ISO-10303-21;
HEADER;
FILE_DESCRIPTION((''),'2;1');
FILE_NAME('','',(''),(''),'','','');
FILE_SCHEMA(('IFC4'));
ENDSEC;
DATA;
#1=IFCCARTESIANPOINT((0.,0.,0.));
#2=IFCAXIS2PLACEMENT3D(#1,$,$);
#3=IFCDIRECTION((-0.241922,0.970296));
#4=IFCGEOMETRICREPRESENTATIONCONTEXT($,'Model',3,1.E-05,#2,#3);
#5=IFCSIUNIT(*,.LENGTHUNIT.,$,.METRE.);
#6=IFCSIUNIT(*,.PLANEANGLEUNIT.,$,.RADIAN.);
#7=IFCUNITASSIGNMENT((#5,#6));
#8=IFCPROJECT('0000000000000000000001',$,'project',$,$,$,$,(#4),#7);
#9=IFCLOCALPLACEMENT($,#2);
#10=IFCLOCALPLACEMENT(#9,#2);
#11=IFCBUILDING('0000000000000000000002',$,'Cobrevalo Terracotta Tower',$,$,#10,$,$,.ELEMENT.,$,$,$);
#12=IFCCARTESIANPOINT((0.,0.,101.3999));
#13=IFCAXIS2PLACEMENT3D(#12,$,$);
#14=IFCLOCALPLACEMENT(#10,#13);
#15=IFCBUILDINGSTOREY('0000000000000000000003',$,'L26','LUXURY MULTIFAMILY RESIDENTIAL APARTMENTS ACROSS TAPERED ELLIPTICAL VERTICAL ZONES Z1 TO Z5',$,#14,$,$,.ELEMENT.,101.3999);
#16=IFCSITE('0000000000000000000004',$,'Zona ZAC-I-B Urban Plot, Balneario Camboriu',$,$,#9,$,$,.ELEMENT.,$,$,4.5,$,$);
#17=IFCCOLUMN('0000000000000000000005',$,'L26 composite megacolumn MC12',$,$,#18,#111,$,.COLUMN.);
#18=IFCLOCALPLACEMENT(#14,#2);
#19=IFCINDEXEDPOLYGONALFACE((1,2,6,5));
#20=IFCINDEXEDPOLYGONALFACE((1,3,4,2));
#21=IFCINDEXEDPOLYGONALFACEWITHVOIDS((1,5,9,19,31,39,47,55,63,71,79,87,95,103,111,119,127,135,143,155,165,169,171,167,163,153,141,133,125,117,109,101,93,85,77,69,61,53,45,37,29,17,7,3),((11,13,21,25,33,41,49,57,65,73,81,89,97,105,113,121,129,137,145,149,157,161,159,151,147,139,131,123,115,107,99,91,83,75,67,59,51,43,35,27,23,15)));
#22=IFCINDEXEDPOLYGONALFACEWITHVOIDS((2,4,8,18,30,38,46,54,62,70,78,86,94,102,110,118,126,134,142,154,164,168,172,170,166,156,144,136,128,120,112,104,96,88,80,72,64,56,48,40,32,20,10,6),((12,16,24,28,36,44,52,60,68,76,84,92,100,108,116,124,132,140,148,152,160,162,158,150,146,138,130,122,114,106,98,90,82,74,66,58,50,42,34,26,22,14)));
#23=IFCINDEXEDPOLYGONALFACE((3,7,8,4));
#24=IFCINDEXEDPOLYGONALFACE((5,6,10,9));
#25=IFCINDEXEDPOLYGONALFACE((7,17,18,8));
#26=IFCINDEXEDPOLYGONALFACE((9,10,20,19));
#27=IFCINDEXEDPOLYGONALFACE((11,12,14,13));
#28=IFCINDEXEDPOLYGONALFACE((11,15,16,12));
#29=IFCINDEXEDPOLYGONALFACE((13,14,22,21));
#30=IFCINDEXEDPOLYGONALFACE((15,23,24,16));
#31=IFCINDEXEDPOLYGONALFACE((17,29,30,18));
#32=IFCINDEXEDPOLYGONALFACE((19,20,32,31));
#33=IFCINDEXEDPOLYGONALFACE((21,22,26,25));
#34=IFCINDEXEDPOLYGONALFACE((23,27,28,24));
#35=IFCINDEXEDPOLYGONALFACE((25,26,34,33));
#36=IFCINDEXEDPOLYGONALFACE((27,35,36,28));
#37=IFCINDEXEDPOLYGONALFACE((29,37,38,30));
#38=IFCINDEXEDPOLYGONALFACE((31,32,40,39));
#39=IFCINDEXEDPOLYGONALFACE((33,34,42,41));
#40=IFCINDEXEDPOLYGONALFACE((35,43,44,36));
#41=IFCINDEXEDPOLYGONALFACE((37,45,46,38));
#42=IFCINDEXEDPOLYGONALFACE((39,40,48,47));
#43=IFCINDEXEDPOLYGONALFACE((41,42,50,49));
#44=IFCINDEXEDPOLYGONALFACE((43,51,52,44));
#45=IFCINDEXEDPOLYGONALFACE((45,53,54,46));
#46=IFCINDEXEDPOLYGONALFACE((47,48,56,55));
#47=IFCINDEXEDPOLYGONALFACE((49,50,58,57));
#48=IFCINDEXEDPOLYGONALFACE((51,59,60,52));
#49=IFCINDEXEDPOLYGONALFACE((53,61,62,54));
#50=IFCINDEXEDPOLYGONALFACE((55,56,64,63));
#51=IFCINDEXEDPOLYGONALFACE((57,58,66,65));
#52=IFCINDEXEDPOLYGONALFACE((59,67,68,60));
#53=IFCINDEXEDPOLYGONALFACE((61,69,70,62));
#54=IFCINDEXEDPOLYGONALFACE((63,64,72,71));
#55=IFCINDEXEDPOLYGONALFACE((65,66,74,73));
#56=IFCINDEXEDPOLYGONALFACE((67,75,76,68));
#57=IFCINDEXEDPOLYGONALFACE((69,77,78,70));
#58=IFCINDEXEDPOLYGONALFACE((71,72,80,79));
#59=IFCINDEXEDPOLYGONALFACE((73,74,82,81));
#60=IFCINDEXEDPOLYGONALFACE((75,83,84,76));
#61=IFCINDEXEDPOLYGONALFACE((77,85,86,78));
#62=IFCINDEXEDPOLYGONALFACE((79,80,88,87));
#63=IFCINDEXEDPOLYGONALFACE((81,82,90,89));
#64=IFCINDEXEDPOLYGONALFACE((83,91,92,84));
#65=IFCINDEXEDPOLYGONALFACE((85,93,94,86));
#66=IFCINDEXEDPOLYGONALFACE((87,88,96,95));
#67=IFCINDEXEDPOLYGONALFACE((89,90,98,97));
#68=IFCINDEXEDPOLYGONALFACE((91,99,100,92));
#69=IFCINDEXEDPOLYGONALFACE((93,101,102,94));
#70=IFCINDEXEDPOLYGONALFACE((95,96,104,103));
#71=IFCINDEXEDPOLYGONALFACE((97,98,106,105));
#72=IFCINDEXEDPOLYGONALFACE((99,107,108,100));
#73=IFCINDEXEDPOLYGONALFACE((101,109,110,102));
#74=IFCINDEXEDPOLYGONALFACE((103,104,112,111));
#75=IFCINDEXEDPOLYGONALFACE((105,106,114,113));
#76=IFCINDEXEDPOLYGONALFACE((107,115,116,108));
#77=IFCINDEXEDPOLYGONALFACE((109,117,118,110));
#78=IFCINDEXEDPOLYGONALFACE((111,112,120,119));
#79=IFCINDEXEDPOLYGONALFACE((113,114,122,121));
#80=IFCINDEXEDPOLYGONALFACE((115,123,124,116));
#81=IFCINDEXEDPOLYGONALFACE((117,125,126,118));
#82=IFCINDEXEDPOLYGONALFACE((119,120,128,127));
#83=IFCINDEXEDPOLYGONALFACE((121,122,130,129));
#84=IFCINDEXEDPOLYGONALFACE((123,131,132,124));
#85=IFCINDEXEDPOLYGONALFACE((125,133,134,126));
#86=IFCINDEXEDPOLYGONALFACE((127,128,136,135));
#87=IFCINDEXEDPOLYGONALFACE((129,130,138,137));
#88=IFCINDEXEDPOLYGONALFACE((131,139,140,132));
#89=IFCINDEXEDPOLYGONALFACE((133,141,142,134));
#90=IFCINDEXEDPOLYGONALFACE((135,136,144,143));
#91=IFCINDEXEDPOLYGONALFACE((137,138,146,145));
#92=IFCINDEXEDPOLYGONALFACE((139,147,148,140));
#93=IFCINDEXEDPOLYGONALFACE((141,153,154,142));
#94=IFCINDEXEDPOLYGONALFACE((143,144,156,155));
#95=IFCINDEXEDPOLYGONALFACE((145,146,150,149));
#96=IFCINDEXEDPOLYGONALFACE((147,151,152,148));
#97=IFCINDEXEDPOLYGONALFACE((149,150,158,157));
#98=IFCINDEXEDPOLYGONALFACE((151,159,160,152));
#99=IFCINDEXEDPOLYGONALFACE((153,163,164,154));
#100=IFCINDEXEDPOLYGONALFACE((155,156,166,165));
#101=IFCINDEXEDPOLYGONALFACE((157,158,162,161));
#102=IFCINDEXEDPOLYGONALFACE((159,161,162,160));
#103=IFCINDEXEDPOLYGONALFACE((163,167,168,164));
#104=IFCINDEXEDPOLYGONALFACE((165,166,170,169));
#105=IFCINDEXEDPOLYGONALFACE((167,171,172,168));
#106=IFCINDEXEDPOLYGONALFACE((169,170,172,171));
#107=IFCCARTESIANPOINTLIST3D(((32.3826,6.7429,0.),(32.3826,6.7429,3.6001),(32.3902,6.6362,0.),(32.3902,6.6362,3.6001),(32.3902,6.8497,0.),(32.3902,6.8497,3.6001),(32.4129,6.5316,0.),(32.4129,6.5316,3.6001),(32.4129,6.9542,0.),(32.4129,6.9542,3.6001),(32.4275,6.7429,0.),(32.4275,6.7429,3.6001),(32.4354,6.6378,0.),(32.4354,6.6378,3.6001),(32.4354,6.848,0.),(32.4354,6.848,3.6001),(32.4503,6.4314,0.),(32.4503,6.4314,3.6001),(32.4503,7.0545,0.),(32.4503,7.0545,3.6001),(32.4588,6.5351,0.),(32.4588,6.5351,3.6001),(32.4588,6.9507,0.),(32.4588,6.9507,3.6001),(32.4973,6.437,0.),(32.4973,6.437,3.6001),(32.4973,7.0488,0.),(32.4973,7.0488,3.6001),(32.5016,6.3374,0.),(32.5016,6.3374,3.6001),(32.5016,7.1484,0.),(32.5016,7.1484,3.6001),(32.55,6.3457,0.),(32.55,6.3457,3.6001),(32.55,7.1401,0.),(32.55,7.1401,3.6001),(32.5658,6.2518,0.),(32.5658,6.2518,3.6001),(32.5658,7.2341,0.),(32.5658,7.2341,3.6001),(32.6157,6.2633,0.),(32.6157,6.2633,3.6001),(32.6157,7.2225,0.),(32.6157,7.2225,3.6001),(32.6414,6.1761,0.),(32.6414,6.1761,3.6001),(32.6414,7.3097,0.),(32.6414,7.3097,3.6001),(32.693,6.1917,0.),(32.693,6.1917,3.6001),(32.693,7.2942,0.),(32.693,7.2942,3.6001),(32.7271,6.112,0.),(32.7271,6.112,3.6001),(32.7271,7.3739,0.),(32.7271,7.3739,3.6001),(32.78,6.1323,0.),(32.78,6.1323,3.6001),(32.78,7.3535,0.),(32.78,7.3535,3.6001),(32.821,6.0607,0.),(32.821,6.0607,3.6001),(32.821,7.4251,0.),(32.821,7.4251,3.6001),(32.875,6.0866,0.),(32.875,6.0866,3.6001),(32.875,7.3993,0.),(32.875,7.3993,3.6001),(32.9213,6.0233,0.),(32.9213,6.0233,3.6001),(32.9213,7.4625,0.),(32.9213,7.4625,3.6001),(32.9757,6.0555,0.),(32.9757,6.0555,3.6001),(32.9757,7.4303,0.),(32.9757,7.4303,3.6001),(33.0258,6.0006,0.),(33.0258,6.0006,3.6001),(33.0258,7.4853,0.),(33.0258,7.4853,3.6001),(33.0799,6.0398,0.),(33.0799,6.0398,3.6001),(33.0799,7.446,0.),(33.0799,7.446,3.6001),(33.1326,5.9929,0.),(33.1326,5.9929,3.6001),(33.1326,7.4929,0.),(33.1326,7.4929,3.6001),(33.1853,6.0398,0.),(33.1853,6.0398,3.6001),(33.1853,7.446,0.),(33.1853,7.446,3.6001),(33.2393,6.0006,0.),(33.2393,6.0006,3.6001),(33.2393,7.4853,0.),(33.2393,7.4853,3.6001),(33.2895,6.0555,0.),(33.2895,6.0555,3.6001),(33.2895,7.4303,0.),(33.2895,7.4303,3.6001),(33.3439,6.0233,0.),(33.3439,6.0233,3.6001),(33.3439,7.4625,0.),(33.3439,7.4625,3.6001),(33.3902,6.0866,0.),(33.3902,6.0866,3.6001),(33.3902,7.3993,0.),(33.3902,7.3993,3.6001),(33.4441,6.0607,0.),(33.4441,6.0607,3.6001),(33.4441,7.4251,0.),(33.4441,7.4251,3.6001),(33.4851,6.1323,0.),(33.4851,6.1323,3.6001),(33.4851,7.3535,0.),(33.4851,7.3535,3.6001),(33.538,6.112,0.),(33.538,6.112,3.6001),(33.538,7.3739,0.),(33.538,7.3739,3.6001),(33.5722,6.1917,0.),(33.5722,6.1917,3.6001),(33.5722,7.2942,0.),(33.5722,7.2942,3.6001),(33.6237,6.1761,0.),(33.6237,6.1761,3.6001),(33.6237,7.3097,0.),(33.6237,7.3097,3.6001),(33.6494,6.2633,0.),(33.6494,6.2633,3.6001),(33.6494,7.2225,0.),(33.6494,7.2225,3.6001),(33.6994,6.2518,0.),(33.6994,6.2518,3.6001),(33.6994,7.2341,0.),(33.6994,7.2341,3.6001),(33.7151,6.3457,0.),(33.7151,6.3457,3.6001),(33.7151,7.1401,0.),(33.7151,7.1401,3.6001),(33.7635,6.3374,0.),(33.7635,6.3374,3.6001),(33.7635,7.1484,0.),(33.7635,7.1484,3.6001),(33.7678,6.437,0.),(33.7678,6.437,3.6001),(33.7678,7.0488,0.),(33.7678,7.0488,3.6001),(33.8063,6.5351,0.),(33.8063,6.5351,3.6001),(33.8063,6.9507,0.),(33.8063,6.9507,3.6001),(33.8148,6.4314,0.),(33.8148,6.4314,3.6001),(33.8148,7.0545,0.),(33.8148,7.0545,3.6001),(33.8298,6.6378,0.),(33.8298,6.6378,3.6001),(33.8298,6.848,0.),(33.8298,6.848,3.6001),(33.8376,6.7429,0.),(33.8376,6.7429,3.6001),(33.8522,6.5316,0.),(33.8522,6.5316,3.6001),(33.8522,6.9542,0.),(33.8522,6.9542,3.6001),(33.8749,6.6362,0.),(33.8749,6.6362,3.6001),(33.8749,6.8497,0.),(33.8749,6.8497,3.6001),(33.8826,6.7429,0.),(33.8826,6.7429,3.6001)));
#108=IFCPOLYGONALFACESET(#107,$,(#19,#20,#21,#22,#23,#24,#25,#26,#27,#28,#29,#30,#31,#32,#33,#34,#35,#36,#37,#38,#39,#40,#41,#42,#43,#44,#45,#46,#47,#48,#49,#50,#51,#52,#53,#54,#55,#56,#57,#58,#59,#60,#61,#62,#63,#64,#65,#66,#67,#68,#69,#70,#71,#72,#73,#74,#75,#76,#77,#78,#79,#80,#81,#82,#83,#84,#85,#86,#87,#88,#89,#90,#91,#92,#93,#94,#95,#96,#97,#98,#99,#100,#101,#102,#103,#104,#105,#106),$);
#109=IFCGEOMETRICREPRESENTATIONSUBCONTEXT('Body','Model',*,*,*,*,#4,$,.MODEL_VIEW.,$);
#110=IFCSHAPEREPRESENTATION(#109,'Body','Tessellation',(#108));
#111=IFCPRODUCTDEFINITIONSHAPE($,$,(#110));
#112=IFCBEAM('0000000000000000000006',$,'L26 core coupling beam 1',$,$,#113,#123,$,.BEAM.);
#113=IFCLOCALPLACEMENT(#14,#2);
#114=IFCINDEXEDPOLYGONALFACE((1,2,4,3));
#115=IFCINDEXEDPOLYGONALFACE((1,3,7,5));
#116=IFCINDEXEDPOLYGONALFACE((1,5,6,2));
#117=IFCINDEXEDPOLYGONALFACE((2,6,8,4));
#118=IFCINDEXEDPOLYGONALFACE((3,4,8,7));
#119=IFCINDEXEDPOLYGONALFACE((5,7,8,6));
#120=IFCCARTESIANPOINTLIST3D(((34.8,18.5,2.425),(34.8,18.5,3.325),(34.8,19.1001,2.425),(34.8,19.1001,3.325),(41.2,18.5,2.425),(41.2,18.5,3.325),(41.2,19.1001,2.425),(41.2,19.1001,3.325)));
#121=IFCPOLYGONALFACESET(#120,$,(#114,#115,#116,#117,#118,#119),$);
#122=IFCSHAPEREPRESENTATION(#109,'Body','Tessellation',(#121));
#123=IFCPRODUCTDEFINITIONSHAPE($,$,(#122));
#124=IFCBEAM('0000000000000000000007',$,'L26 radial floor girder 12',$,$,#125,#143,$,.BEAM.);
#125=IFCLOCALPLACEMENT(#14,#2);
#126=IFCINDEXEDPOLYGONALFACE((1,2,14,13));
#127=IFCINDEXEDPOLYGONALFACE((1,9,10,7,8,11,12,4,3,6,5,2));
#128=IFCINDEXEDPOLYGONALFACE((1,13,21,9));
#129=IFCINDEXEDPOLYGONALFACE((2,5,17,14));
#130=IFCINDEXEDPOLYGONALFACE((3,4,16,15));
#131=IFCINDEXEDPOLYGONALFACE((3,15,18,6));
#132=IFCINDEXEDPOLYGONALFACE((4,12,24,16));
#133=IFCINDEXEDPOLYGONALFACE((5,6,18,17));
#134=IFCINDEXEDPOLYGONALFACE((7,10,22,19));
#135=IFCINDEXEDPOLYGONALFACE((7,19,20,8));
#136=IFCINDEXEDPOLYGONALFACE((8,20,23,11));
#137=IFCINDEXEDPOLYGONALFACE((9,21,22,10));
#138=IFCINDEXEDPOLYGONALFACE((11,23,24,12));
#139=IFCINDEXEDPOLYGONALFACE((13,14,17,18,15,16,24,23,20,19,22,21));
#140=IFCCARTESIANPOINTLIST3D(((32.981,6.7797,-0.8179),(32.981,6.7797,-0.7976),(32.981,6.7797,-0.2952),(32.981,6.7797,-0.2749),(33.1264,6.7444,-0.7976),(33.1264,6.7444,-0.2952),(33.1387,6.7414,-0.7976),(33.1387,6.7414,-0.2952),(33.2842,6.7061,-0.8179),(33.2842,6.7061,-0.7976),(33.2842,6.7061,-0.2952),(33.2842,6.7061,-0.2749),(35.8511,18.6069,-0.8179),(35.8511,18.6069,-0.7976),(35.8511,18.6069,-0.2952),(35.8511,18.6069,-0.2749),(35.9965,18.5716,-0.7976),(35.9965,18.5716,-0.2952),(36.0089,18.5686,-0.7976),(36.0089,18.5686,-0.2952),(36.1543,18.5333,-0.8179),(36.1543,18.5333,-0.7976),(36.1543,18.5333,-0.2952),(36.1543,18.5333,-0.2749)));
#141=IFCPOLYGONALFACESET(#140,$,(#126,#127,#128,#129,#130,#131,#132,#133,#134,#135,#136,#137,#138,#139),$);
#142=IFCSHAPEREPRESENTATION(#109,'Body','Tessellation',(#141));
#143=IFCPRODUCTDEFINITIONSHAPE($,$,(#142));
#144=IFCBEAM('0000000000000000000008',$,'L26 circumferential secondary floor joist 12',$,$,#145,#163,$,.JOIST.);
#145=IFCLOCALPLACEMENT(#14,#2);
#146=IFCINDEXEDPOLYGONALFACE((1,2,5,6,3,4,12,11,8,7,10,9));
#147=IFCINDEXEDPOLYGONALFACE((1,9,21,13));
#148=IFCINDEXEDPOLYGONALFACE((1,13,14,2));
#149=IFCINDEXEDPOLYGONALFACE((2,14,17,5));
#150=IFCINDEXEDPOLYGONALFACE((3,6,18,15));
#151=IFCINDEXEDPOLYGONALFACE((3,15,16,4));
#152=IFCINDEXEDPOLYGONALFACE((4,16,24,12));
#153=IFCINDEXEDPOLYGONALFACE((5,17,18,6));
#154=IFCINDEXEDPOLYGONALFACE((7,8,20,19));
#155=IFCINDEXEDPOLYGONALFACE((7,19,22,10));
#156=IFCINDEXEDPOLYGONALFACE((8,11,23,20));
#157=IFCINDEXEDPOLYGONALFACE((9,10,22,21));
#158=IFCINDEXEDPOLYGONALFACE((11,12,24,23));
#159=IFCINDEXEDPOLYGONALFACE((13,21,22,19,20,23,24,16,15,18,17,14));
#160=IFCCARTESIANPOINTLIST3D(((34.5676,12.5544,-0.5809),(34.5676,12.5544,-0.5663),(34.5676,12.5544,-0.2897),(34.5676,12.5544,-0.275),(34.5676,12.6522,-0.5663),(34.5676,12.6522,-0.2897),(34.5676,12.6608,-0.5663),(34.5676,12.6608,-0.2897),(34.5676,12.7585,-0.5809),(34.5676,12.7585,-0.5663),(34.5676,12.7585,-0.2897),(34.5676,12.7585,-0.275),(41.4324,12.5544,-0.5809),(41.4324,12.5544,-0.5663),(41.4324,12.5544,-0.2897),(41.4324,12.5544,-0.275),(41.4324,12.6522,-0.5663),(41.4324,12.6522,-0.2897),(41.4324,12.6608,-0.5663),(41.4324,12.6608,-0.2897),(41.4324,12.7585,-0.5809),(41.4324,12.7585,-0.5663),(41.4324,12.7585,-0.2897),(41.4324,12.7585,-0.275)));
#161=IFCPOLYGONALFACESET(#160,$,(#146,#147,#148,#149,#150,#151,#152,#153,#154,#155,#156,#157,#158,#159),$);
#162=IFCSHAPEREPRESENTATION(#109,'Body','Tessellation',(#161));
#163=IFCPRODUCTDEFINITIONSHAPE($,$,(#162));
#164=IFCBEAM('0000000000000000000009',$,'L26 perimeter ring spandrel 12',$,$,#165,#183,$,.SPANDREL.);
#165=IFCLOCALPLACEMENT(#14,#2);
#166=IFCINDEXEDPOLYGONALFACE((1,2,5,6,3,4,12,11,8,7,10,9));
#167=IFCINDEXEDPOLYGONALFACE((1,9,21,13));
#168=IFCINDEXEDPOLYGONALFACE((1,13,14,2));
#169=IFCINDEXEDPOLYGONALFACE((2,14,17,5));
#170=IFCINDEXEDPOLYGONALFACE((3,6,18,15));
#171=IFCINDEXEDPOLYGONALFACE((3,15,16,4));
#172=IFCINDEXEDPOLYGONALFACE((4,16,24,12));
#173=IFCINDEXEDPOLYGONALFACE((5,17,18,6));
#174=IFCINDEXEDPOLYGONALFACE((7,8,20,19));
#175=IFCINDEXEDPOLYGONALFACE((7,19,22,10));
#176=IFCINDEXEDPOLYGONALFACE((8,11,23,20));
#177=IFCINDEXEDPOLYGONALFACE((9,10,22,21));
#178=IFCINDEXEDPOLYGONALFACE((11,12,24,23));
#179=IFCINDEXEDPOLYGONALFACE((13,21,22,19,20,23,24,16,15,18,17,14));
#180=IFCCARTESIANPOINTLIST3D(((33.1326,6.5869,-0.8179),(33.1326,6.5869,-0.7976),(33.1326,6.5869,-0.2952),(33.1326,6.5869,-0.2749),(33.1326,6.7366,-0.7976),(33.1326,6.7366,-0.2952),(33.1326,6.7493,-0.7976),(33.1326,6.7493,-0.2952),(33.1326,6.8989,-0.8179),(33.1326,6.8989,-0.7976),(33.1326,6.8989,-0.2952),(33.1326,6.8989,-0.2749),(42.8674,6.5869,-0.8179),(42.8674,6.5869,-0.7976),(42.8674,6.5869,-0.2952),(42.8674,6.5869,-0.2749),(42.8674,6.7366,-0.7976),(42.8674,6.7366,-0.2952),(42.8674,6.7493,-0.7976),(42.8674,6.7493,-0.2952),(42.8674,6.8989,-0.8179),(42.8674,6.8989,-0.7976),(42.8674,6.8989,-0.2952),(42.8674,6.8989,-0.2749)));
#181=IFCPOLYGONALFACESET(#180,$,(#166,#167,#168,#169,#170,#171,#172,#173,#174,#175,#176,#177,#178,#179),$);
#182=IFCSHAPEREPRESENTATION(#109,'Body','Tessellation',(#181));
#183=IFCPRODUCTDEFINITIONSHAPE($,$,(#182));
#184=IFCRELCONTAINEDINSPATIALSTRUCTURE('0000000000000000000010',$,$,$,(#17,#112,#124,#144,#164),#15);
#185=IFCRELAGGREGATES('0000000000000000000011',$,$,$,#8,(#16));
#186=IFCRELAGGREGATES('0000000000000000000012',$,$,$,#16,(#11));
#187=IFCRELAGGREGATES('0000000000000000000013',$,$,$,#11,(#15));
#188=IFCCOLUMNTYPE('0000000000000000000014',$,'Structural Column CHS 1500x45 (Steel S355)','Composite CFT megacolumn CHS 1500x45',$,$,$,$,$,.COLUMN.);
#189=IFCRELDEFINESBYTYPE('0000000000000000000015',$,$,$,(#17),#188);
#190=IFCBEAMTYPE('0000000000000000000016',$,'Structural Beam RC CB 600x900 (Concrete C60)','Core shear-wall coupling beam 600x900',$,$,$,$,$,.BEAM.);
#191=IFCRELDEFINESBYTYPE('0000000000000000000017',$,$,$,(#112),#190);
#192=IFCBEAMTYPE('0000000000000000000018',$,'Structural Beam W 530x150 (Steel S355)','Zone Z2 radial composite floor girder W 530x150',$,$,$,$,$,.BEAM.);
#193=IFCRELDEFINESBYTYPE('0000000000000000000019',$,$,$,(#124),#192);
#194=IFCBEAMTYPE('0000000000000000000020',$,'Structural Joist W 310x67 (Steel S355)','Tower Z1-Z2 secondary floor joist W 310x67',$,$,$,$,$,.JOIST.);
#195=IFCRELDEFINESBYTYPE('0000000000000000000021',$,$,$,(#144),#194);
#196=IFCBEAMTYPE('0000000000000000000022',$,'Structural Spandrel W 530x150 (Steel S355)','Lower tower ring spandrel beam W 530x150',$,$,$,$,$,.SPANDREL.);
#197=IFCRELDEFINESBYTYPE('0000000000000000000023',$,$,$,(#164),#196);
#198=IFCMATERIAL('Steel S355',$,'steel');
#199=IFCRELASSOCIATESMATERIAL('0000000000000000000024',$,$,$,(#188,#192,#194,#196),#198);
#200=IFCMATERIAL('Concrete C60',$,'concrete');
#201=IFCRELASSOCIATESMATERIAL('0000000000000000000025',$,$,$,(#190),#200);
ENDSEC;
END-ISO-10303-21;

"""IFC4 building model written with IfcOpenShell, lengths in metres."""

from ifc_helpers import new_model, si_unit, direction, frame, origin, origin_2d, place, context, subcontext, project, spatial, rectangle, hollow_circle, i_section, extrude, material, material_profile, profile_set, type_object, element, save


model = new_model("IFC4")

# Units and contexts
model_context = context("Model", 3, precision=1e-05, world=origin(), true_north=direction((-0.241922, 0.970296)))
body_context = subcontext(model_context, "Body", "Model", "MODEL_VIEW")
ifc_project = project(units=[si_unit("LENGTHUNIT", "METRE"), si_unit("PLANEANGLEUNIT", "RADIAN")], contexts=[model_context])

# Site, building, storey
site_placement = place(None, origin())
site = spatial("IfcSite", under=ifc_project, at=site_placement, Name="Zona ZAC-I-B Urban Plot, Balneario Camboriu", CompositionType="ELEMENT", RefElevation=4.5)
building_placement = place(site_placement, origin())
building = spatial("IfcBuilding", under=site, at=building_placement, Name="Cobrevalo Terracotta Tower", CompositionType="ELEMENT")
storey_placement = place(building_placement, frame((0.0, 0.0, 101.3999)))
storey = spatial("IfcBuildingStorey", under=building, at=storey_placement, Name="L26", Description="LUXURY MULTIFAMILY RESIDENTIAL APARTMENTS ACROSS TAPERED ELLIPTICAL VERTICAL ZONES Z1 TO Z5", CompositionType="ELEMENT", Elevation=101.3999)

# Column
ifc_material_1 = material(Name="Steel S355", Category="steel")
ifc_material_profile_1 = material_profile(ifc_material_1, hollow_circle(Radius=0.75, WallThickness=0.0449, at=origin_2d()), Name="CHS 1500x45")
ifc_profile_set_1 = profile_set([ifc_material_profile_1], Name="Steel S355")
column_type = type_object("IfcColumnType", Name="Structural Column CHS 1500x45 (Steel S355)", Description="Composite CFT megacolumn CHS 1500x45", PredefinedType="COLUMN", material=ifc_profile_set_1)
column_placement = place(storey_placement, frame((33.1326, 6.7429, 0.0), z_axis=(0.0, 0.0, 1.0), x_axis=(1.0, 0.0, 0.0)))
element("IfcColumn", 1, at=column_placement, inside=storey, type_object=column_type, Name="L26 composite megacolumn MC12", PredefinedType="COLUMN", context=body_context, shape_type="SweptSolid", body=[
    extrude(hollow_circle(Radius=0.75, WallThickness=0.0449, at=origin_2d()), origin(), (0.0, 0.0, 1.0), 3.6001),
])

# Beams
ifc_material_2 = material(Name="Concrete C60", Category="concrete")
ifc_material_profile_2 = material_profile(ifc_material_2, rectangle(XDim=0.6001, YDim=0.8999, at=origin_2d()), Name="RC CB 600x900")
ifc_profile_set_2 = profile_set([ifc_material_profile_2], Name="Concrete C60")
beam_type_1 = type_object("IfcBeamType", Name="Structural Beam RC CB 600x900 (Concrete C60)", Description="Core shear-wall coupling beam 600x900", PredefinedType="BEAM", material=ifc_profile_set_2)
beam_1_placement = place(storey_placement, frame((34.8, 18.8, 2.875), z_axis=(1.0, 0.0, 0.0), x_axis=(0.0, 1.0, 0.0)))
element("IfcBeam", 2, at=beam_1_placement, inside=storey, type_object=beam_type_1, Name="L26 core coupling beam 1", PredefinedType="BEAM", context=body_context, shape_type="SweptSolid", body=[
    extrude(rectangle(XDim=0.6001, YDim=0.8999, at=origin_2d()), origin(), (0.0, 0.0, 1.0), 6.3999),
])
ifc_material_profile_3 = material_profile(ifc_material_1, i_section(OverallWidth=0.312, OverallDepth=0.543, WebThickness=0.0127, FlangeThickness=0.0203, at=origin_2d()), Name="W 530x150")
ifc_profile_set_3 = profile_set([ifc_material_profile_3], Name="Steel S355")
beam_type_2 = type_object("IfcBeamType", Name="Structural Beam W 530x150 (Steel S355)", Description="Zone Z2 radial composite floor girder W 530x150", PredefinedType="BEAM", material=ifc_profile_set_3)
beam_2_placement = place(storey_placement, frame((33.1326, 6.7429, -0.5464), z_axis=(0.235827, 0.971795, 0.0), x_axis=(-0.971795, 0.235827, 0.0)))
element("IfcBeam", 3, at=beam_2_placement, inside=storey, type_object=beam_type_2, Name="L26 radial floor girder 12", PredefinedType="BEAM", context=body_context, shape_type="SweptSolid", body=[
    extrude(i_section(OverallWidth=0.312, OverallDepth=0.543, WebThickness=0.0127, FlangeThickness=0.0203, at=origin_2d()), origin(), (0.0, 0.0, 1.0), 12.1704),
])
ifc_material_profile_4 = material_profile(ifc_material_1, i_section(OverallWidth=0.2041, OverallDepth=0.3059, WebThickness=0.0085, FlangeThickness=0.0146, at=origin_2d()), Name="W 310x67")
ifc_profile_set_4 = profile_set([ifc_material_profile_4], Name="Steel S355")
beam_type_3 = type_object("IfcBeamType", Name="Structural Joist W 310x67 (Steel S355)", Description="Tower Z1-Z2 secondary floor joist W 310x67", PredefinedType="JOIST", material=ifc_profile_set_4)
beam_3_placement = place(storey_placement, frame((34.5676, 12.6565, -0.428), z_axis=(1.0, 0.0, 0.0), x_axis=(0.0, 1.0, 0.0)))
element("IfcBeam", 4, at=beam_3_placement, inside=storey, type_object=beam_type_3, Name="L26 circumferential secondary floor joist 12", PredefinedType="JOIST", context=body_context, shape_type="SweptSolid", body=[
    extrude(i_section(OverallWidth=0.2041, OverallDepth=0.3059, WebThickness=0.0085, FlangeThickness=0.0146, at=origin_2d()), origin(), (0.0, 0.0, 1.0), 6.8647),
])
ifc_material_profile_5 = material_profile(ifc_material_1, i_section(OverallWidth=0.312, OverallDepth=0.543, WebThickness=0.0127, FlangeThickness=0.0203, at=origin_2d()), Name="W 530x150")
ifc_profile_set_5 = profile_set([ifc_material_profile_5], Name="Steel S355")
beam_type_4 = type_object("IfcBeamType", Name="Structural Spandrel W 530x150 (Steel S355)", Description="Lower tower ring spandrel beam W 530x150", PredefinedType="SPANDREL", material=ifc_profile_set_5)
beam_4_placement = place(storey_placement, frame((33.1326, 6.7429, -0.5464), z_axis=(1.0, 0.0, 0.0), x_axis=(0.0, 1.0, 0.0)))
element("IfcBeam", 5, at=beam_4_placement, inside=storey, type_object=beam_type_4, Name="L26 perimeter ring spandrel 12", PredefinedType="SPANDREL", context=body_context, shape_type="SweptSolid", body=[
    extrude(i_section(OverallWidth=0.312, OverallDepth=0.543, WebThickness=0.0127, FlangeThickness=0.0203, at=origin_2d()), origin(), (0.0, 0.0, 1.0), 9.7349),
])

save(model, "model.ifc")
